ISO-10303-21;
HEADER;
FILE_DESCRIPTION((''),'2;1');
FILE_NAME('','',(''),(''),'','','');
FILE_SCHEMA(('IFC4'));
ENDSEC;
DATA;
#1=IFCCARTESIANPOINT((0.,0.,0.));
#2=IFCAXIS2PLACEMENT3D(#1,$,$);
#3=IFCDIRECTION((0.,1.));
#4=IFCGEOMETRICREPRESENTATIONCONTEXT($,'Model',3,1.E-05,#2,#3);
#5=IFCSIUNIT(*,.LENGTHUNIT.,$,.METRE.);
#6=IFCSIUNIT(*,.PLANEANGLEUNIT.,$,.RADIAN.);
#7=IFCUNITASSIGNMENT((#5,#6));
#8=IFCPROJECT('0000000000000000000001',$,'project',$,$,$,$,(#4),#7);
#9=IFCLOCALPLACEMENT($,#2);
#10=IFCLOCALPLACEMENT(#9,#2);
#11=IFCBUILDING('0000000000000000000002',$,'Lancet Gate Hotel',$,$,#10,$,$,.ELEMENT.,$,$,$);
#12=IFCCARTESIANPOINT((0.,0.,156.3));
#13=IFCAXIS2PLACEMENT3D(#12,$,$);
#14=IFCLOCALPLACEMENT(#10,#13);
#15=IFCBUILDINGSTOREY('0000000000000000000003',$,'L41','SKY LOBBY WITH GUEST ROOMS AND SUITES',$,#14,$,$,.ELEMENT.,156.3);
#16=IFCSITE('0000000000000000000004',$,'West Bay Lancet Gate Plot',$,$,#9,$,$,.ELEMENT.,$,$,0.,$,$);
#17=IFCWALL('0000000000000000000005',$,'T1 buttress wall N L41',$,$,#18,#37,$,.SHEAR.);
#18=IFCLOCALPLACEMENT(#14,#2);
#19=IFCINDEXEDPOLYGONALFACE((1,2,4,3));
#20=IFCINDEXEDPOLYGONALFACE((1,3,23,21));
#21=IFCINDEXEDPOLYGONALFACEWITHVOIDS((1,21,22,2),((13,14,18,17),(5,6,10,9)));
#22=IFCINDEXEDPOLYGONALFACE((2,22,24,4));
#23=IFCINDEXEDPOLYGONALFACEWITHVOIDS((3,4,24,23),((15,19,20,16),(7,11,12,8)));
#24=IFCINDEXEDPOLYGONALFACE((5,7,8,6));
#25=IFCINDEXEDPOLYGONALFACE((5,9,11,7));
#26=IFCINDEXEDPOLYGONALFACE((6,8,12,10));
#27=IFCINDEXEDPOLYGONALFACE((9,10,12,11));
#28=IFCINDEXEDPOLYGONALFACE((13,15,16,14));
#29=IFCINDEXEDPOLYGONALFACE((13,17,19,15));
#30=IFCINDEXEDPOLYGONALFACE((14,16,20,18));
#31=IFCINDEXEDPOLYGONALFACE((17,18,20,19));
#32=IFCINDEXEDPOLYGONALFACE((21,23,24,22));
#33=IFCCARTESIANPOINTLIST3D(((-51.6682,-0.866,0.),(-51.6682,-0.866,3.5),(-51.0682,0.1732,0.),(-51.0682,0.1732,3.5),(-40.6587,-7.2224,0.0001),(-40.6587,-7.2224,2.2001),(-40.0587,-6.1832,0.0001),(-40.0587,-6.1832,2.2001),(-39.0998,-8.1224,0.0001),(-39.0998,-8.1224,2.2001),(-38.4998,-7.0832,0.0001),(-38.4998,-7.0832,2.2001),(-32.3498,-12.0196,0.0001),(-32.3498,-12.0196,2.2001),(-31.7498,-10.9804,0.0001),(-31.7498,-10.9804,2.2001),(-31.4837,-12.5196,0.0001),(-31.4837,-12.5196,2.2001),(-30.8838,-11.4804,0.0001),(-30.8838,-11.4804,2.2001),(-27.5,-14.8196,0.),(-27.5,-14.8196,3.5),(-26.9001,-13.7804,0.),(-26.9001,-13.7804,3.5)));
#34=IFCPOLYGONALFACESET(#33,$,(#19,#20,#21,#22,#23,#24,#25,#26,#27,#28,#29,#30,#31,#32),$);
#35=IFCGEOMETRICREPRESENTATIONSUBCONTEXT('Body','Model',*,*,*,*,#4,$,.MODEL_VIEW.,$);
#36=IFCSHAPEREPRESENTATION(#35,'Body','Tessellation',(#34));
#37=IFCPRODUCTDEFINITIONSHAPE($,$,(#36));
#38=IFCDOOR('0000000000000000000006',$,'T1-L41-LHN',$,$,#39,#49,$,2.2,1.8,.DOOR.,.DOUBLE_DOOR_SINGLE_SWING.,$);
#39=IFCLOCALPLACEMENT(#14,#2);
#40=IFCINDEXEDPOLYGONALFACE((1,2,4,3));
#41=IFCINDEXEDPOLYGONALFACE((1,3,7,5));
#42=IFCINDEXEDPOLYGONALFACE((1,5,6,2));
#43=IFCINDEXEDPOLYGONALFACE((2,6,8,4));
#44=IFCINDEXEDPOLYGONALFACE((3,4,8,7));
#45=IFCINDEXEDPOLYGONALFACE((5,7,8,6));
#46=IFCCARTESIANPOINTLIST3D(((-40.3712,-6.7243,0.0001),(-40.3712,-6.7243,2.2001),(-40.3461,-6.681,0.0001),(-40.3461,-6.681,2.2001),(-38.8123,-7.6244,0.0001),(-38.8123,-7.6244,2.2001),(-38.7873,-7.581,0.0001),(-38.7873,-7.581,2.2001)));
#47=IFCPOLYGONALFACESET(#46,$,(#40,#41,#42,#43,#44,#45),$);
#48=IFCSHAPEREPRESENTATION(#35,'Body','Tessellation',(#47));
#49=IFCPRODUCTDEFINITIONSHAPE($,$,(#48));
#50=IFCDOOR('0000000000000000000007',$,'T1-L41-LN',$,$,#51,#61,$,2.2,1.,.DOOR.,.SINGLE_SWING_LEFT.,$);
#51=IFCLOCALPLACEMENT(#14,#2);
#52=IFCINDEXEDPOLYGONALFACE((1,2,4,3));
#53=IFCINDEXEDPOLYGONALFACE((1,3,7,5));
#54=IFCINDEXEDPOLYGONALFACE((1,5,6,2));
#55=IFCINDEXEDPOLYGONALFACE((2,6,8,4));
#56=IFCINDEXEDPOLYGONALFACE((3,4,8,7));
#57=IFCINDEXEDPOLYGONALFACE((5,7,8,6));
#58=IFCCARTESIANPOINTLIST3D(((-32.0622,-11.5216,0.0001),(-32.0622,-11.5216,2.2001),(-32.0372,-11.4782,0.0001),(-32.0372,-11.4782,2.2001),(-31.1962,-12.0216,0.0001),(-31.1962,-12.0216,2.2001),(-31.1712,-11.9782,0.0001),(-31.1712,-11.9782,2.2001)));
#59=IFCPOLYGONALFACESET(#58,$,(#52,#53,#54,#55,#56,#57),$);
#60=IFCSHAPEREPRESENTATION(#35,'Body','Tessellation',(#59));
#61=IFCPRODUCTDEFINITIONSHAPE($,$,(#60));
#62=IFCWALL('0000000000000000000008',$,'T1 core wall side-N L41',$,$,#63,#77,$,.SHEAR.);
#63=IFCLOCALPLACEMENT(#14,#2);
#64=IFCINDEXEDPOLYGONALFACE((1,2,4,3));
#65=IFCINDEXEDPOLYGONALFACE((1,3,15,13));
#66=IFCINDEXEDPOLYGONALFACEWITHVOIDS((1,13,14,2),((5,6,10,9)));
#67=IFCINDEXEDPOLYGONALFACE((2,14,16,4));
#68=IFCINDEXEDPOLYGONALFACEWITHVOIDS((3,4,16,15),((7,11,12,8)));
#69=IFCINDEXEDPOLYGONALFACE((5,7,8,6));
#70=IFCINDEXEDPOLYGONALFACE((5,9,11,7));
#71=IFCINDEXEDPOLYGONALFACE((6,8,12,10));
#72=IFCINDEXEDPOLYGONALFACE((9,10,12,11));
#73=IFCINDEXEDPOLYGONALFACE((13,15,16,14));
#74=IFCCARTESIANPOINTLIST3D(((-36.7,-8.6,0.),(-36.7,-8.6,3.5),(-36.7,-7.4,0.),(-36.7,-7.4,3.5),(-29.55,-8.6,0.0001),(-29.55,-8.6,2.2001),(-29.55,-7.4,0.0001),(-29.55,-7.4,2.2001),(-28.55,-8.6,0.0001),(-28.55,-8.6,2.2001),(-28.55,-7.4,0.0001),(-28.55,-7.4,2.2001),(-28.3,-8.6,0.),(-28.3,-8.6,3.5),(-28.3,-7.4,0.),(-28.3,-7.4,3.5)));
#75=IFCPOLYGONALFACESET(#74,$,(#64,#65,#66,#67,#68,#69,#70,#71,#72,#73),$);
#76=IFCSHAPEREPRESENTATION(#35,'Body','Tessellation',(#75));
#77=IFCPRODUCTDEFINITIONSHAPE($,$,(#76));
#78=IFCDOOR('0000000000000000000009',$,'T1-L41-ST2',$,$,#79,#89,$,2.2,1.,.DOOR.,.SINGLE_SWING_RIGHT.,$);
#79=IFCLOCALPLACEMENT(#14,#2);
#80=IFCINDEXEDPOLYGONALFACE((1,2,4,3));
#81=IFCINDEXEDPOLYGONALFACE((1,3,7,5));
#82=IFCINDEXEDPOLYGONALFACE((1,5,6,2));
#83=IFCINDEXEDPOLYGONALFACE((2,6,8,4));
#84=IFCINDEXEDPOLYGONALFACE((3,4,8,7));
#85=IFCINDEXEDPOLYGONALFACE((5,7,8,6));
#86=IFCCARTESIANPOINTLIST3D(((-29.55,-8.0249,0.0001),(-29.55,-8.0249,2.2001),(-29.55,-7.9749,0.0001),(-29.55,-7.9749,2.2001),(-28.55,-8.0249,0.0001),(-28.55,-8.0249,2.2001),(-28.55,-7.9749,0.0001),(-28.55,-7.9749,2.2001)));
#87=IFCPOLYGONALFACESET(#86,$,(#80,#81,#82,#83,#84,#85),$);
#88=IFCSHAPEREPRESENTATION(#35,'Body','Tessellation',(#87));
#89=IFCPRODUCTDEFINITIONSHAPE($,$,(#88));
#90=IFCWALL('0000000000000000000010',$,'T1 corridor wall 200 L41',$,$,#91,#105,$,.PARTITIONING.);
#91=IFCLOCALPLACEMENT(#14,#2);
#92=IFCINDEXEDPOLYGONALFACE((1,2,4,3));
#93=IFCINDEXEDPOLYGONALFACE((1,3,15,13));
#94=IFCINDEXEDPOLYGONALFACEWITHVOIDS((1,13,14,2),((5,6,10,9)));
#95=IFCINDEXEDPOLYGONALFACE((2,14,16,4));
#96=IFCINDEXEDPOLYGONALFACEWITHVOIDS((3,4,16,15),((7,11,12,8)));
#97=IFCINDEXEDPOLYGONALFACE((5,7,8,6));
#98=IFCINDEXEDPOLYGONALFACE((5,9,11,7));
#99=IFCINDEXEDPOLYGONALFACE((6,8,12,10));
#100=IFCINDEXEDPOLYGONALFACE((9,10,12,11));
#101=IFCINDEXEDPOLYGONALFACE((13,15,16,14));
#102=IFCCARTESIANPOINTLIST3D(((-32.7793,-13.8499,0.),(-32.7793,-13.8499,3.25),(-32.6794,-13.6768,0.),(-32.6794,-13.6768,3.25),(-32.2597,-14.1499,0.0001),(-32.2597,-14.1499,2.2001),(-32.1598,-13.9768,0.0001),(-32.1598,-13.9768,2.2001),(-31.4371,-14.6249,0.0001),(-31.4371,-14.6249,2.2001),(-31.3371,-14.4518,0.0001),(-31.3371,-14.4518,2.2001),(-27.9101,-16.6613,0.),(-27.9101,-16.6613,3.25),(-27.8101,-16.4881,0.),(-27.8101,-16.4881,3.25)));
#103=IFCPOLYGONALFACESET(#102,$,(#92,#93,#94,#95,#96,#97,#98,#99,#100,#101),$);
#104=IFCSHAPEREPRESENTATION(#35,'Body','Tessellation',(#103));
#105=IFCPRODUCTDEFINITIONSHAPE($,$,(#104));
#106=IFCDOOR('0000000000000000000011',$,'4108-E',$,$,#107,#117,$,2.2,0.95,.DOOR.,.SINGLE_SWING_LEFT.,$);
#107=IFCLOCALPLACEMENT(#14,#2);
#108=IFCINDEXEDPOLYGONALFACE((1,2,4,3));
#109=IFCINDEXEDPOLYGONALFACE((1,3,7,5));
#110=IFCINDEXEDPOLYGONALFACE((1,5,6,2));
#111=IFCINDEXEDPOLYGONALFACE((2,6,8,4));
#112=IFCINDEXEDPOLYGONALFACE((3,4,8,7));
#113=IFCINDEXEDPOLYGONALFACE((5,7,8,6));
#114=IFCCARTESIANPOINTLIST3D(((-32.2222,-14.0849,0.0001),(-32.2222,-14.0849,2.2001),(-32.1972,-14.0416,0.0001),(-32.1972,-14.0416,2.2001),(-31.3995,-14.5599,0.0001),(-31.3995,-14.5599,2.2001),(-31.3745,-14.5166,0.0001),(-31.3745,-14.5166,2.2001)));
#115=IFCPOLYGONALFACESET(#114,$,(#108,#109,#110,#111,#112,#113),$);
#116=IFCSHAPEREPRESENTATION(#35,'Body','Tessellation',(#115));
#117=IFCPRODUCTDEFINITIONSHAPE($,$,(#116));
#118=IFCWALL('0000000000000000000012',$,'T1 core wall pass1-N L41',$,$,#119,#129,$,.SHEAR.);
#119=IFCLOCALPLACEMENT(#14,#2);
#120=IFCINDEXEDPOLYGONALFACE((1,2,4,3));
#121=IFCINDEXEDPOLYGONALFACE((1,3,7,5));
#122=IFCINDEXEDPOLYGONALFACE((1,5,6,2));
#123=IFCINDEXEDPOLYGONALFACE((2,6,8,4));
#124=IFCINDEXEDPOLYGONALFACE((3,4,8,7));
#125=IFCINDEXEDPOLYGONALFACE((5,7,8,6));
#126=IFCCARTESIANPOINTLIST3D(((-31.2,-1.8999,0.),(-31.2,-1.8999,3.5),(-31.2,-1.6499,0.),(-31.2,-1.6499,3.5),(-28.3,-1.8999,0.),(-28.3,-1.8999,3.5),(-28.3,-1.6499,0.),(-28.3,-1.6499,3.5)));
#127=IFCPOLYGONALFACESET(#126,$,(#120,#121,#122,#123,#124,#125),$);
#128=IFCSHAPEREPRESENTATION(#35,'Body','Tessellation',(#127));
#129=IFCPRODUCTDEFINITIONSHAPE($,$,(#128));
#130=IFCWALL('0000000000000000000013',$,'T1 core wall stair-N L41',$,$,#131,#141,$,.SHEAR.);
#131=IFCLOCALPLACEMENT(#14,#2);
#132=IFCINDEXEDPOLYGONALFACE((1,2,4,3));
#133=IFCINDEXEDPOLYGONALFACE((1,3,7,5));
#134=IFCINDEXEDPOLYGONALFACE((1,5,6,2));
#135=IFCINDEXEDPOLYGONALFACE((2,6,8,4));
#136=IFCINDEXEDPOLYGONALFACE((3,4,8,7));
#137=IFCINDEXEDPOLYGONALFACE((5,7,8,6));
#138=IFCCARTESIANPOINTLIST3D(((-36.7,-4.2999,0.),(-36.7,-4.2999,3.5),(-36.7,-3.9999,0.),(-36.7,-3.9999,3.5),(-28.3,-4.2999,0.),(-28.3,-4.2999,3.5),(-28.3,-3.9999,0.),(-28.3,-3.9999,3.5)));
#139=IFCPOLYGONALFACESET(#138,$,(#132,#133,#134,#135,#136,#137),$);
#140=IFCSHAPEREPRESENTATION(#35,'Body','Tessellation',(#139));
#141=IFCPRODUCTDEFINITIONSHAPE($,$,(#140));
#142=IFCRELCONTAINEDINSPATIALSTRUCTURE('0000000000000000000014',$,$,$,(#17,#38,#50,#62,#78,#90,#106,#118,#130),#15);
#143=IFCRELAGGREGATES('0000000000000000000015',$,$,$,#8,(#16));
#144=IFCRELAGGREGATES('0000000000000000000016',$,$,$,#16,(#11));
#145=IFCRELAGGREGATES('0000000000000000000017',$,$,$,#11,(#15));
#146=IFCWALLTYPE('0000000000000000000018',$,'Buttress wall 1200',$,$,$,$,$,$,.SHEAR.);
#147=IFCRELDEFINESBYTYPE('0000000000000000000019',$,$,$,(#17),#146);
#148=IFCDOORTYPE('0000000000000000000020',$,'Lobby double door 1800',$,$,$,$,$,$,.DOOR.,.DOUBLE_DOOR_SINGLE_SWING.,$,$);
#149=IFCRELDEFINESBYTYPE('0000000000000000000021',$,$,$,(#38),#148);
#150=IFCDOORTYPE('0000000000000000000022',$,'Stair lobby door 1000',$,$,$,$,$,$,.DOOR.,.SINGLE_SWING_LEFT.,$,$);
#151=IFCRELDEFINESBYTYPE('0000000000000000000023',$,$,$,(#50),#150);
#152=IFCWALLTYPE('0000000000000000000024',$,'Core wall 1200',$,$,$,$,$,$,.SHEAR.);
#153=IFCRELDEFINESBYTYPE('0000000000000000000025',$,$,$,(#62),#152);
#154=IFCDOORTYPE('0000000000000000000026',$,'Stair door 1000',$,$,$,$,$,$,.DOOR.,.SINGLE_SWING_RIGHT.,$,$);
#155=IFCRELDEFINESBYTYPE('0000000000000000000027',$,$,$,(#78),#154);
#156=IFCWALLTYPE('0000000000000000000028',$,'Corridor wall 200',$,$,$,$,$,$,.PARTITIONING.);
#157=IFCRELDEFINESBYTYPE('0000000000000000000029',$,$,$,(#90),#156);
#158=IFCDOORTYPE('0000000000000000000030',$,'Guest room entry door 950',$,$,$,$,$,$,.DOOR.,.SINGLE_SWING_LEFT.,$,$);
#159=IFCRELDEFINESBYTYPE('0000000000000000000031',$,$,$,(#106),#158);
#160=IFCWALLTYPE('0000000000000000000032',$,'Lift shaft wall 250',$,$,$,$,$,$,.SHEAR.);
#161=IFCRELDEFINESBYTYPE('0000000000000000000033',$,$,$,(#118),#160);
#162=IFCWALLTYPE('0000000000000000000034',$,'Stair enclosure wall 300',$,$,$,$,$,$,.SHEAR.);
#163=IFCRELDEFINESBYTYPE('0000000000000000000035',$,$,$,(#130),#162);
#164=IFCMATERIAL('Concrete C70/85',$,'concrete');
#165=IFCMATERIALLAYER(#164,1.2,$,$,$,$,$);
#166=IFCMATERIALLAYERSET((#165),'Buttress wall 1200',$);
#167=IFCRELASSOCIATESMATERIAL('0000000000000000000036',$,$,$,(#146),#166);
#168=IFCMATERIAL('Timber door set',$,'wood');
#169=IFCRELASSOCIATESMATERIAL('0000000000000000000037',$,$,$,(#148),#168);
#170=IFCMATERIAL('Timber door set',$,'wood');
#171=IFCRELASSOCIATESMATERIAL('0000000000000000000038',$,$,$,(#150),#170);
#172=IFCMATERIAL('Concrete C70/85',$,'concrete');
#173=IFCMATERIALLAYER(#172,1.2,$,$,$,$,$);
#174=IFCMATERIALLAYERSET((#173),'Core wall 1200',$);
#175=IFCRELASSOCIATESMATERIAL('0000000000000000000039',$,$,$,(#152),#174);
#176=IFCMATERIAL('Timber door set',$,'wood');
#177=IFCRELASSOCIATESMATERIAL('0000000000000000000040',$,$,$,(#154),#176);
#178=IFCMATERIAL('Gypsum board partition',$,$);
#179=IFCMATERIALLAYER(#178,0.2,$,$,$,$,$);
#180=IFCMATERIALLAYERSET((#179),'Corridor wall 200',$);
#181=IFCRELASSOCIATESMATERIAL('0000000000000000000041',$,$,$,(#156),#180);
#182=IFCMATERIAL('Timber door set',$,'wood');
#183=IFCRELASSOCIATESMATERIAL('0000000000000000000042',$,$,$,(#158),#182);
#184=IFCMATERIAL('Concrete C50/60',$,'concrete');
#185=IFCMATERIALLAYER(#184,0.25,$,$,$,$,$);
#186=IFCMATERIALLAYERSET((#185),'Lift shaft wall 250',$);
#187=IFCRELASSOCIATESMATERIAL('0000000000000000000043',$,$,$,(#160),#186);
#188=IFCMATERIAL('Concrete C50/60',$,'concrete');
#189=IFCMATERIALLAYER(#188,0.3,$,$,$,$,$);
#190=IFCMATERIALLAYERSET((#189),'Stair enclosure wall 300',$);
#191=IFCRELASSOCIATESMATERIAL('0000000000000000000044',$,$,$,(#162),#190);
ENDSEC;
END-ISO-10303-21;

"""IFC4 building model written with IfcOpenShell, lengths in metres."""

from ifc_helpers import new_model, si_unit, direction, frame, frame_2d, origin, place, context, subcontext, project, spatial, rectangle, extrude, material, layer, layer_set, type_object, element, fill, save


model = new_model("IFC4")

# Units and contexts
model_context = context("Model", 3, precision=1e-05, world=origin(), true_north=direction((0.0, 1.0)))
body_context = subcontext(model_context, "Body", "Model", "MODEL_VIEW")
ifc_project = project(units=[si_unit("LENGTHUNIT", "METRE"), si_unit("PLANEANGLEUNIT", "RADIAN")], contexts=[model_context])

# Site, building, storey
site_placement = place(None, origin())
site = spatial("IfcSite", under=ifc_project, at=site_placement, Name="West Bay Lancet Gate Plot", CompositionType="ELEMENT", RefElevation=0.0)
building_placement = place(site_placement, origin())
building = spatial("IfcBuilding", under=site, at=building_placement, Name="Lancet Gate Hotel", CompositionType="ELEMENT")
storey_placement = place(building_placement, frame((0.0, 0.0, 156.3)))
storey = spatial("IfcBuildingStorey", under=building, at=storey_placement, Name="L41", Description="SKY LOBBY WITH GUEST ROOMS AND SUITES", CompositionType="ELEMENT", Elevation=156.3)

# Wall, openings, doors
ifc_material_1 = material(Name="Concrete C70/85", Category="concrete")
ifc_layer_1 = layer(ifc_material_1, 1.2)
ifc_layer_set_1 = layer_set([ifc_layer_1], Name="Buttress wall 1200")
wall_type_1 = type_object("IfcWallType", Name="Buttress wall 1200", PredefinedType="SHEAR", material=ifc_layer_set_1)
wall_1_placement = place(storey_placement, frame((-27.2, -14.3, 0.0), z_axis=(0.0, 0.0, 1.0), x_axis=(-0.866024, 0.500002, 0.0)))
wall_1 = element("IfcWall", 1, at=wall_1_placement, inside=storey, type_object=wall_type_1, Name="T1 buttress wall N L41", PredefinedType="SHEAR", context=body_context, shape_type="SweptSolid", body=[
    extrude(rectangle(XDim=27.907, YDim=1.2, at=frame_2d((13.9536, 0.0))), origin(), (0.0, 0.0, 1.0), 3.5),
])
opening_1_placement = place(wall_1_placement, frame((4.6001, 0.0, 0.0)))
opening_1 = element("IfcOpeningElement", 2, at=opening_1_placement, cuts=wall_1, PredefinedType="OPENING", context=body_context, shape_type="SweptSolid", body=[
    extrude(rectangle(XDim=1.0, YDim=2.2, at=frame_2d((0.5, 1.1001))), frame((0.0, 0.6099, 0.0), z_axis=(0.0, -1.0, 0.0), x_axis=(1.0, 0.0, 0.0)), (0.0, 0.0, 1.0), 1.22),
])
opening_2_placement = place(wall_1_placement, frame((13.3945, 0.0, 0.0)))
opening_2 = element("IfcOpeningElement", 3, at=opening_2_placement, cuts=wall_1, PredefinedType="OPENING", context=body_context, shape_type="SweptSolid", body=[
    extrude(rectangle(XDim=1.8, YDim=2.2, at=frame_2d((0.8999, 1.1001))), frame((0.0, 0.6099, 0.0), z_axis=(0.0, -1.0, 0.0), x_axis=(1.0, 0.0, 0.0)), (0.0, 0.0, 1.0), 1.22),
])
ifc_material_2 = material(Name="Timber door set", Category="wood")
door_type_1 = type_object("IfcDoorType", Name="Lobby double door 1800", OperationType="DOUBLE_DOOR_SINGLE_SWING", PredefinedType="DOOR", material=ifc_material_2)
door_1_placement = place(opening_2_placement, origin())
door_1 = element("IfcDoor", 4, at=door_1_placement, inside=storey, type_object=door_type_1, Name="T1-L41-LHN", OperationType="DOUBLE_DOOR_SINGLE_SWING", OverallHeight=2.2, OverallWidth=1.8, PredefinedType="DOOR", context=body_context, shape_type="SweptSolid", body=[
    extrude(rectangle(XDim=1.8, YDim=2.2, at=frame_2d((0.8999, 1.1001))), frame((0.0, 0.0249, 0.0), z_axis=(0.0, -1.0, 0.0), x_axis=(1.0, 0.0, 0.0)), (0.0, 0.0, 1.0), 0.05),
])
fill(opening_2, door_1)
ifc_material_3 = material(Name="Timber door set", Category="wood")
door_type_2 = type_object("IfcDoorType", Name="Stair lobby door 1000", OperationType="SINGLE_SWING_LEFT", PredefinedType="DOOR", material=ifc_material_3)
door_2_placement = place(opening_1_placement, origin())
door_2 = element("IfcDoor", 5, at=door_2_placement, inside=storey, type_object=door_type_2, Name="T1-L41-LN", OperationType="SINGLE_SWING_LEFT", OverallHeight=2.2, OverallWidth=1.0, PredefinedType="DOOR", context=body_context, shape_type="SweptSolid", body=[
    extrude(rectangle(XDim=1.0, YDim=2.2, at=frame_2d((0.5, 1.1001))), frame((0.0, 0.0249, 0.0), z_axis=(0.0, -1.0, 0.0), x_axis=(1.0, 0.0, 0.0)), (0.0, 0.0, 1.0), 0.05),
])
fill(opening_1, door_2)

# Walls, openings, doors
ifc_material_4 = material(Name="Concrete C70/85", Category="concrete")
ifc_layer_2 = layer(ifc_material_4, 1.2)
ifc_layer_set_2 = layer_set([ifc_layer_2], Name="Core wall 1200")
wall_type_2 = type_object("IfcWallType", Name="Core wall 1200", PredefinedType="SHEAR", material=ifc_layer_set_2)
wall_2_placement = place(storey_placement, frame((-28.3, -8.0, 0.0), z_axis=(0.0, 0.0, 1.0), x_axis=(-1.0, 0.0, 0.0)))
wall_2 = element("IfcWall", 6, at=wall_2_placement, inside=storey, type_object=wall_type_2, Name="T1 core wall side-N L41", PredefinedType="SHEAR", context=body_context, shape_type="SweptSolid", body=[
    extrude(rectangle(XDim=8.3999, YDim=1.2, at=frame_2d((4.2, 0.0))), origin(), (0.0, 0.0, 1.0), 3.5),
])
opening_3_placement = place(wall_2_placement, frame((0.25, 0.0, 0.0)))
opening_3 = element("IfcOpeningElement", 7, at=opening_3_placement, cuts=wall_2, PredefinedType="OPENING", context=body_context, shape_type="SweptSolid", body=[
    extrude(rectangle(XDim=1.0, YDim=2.2, at=frame_2d((0.5, 1.1001))), frame((0.0, 0.6099, 0.0), z_axis=(0.0, -1.0, 0.0), x_axis=(1.0, 0.0, 0.0)), (0.0, 0.0, 1.0), 1.22),
])
ifc_material_5 = material(Name="Timber door set", Category="wood")
door_type_3 = type_object("IfcDoorType", Name="Stair door 1000", OperationType="SINGLE_SWING_RIGHT", PredefinedType="DOOR", material=ifc_material_5)
door_3_placement = place(opening_3_placement, origin())
door_3 = element("IfcDoor", 8, at=door_3_placement, inside=storey, type_object=door_type_3, Name="T1-L41-ST2", OperationType="SINGLE_SWING_RIGHT", OverallHeight=2.2, OverallWidth=1.0, PredefinedType="DOOR", context=body_context, shape_type="SweptSolid", body=[
    extrude(rectangle(XDim=1.0, YDim=2.2, at=frame_2d((0.5, 1.1001))), frame((0.0, 0.0249, 0.0), z_axis=(0.0, -1.0, 0.0), x_axis=(1.0, 0.0, 0.0)), (0.0, 0.0, 1.0), 0.05),
])
fill(opening_3, door_3)
ifc_material_6 = material(Name="Gypsum board partition")
ifc_layer_3 = layer(ifc_material_6, 0.2)
ifc_layer_set_3 = layer_set([ifc_layer_3], Name="Corridor wall 200")
wall_type_3 = type_object("IfcWallType", Name="Corridor wall 200", PredefinedType="PARTITIONING", material=ifc_layer_set_3)
wall_3_placement = place(storey_placement, frame((-27.8601, -16.5747, 0.0), z_axis=(0.0, 0.0, 1.0), x_axis=(-0.866019, 0.500011, 0.0)))
wall_3 = element("IfcWall", 9, at=wall_3_placement, inside=storey, type_object=wall_type_3, Name="T1 corridor wall 200 L41", PredefinedType="PARTITIONING", context=body_context, shape_type="SweptSolid", body=[
    extrude(rectangle(XDim=5.6226, YDim=0.2, at=frame_2d((2.8113, 0.0))), origin(), (0.0, 0.0, 1.0), 3.25),
])
opening_4_placement = place(wall_3_placement, frame((4.0725, 0.0, 0.0)))
opening_4 = element("IfcOpeningElement", 10, at=opening_4_placement, cuts=wall_3, PredefinedType="OPENING", context=body_context, shape_type="SweptSolid", body=[
    extrude(rectangle(XDim=0.95, YDim=2.2, at=frame_2d((0.4751, 1.1001))), frame((0.0, 0.1099, 0.0), z_axis=(0.0, -1.0, 0.0), x_axis=(1.0, 0.0, 0.0)), (0.0, 0.0, 1.0), 0.22),
])
ifc_material_7 = material(Name="Timber door set", Category="wood")
door_type_4 = type_object("IfcDoorType", Name="Guest room entry door 950", OperationType="SINGLE_SWING_LEFT", PredefinedType="DOOR", material=ifc_material_7)
door_4_placement = place(opening_4_placement, origin())
door_4 = element("IfcDoor", 11, at=door_4_placement, inside=storey, type_object=door_type_4, Name="4108-E", OperationType="SINGLE_SWING_LEFT", OverallHeight=2.2, OverallWidth=0.95, PredefinedType="DOOR", context=body_context, shape_type="SweptSolid", body=[
    extrude(rectangle(XDim=0.95, YDim=2.2, at=frame_2d((0.4751, 1.1001))), frame((0.0, 0.0249, 0.0), z_axis=(0.0, -1.0, 0.0), x_axis=(1.0, 0.0, 0.0)), (0.0, 0.0, 1.0), 0.05),
])
fill(opening_4, door_4)

# Walls
ifc_material_8 = material(Name="Concrete C50/60", Category="concrete")
ifc_layer_4 = layer(ifc_material_8, 0.25)
ifc_layer_set_4 = layer_set([ifc_layer_4], Name="Lift shaft wall 250")
wall_type_4 = type_object("IfcWallType", Name="Lift shaft wall 250", PredefinedType="SHEAR", material=ifc_layer_set_4)
wall_4_placement = place(storey_placement, frame((-28.3, -1.7749, 0.0), z_axis=(0.0, 0.0, 1.0), x_axis=(-1.0, 0.0, 0.0)))
element("IfcWall", 12, at=wall_4_placement, inside=storey, type_object=wall_type_4, Name="T1 core wall pass1-N L41", PredefinedType="SHEAR", context=body_context, shape_type="SweptSolid", body=[
    extrude(rectangle(XDim=2.8999, YDim=0.25, at=frame_2d((1.45, 0.0))), origin(), (0.0, 0.0, 1.0), 3.5),
])
ifc_material_9 = material(Name="Concrete C50/60", Category="concrete")
ifc_layer_5 = layer(ifc_material_9, 0.3)
ifc_layer_set_5 = layer_set([ifc_layer_5], Name="Stair enclosure wall 300")
wall_type_5 = type_object("IfcWallType", Name="Stair enclosure wall 300", PredefinedType="SHEAR", material=ifc_layer_set_5)
wall_5_placement = place(storey_placement, frame((-28.3, -4.1499, 0.0), z_axis=(0.0, 0.0, 1.0), x_axis=(-1.0, 0.0, 0.0)))
element("IfcWall", 13, at=wall_5_placement, inside=storey, type_object=wall_type_5, Name="T1 core wall stair-N L41", PredefinedType="SHEAR", context=body_context, shape_type="SweptSolid", body=[
    extrude(rectangle(XDim=8.3999, YDim=0.3, at=frame_2d((4.2, 0.0))), origin(), (0.0, 0.0, 1.0), 3.5),
])

save(model, "model.ifc")
